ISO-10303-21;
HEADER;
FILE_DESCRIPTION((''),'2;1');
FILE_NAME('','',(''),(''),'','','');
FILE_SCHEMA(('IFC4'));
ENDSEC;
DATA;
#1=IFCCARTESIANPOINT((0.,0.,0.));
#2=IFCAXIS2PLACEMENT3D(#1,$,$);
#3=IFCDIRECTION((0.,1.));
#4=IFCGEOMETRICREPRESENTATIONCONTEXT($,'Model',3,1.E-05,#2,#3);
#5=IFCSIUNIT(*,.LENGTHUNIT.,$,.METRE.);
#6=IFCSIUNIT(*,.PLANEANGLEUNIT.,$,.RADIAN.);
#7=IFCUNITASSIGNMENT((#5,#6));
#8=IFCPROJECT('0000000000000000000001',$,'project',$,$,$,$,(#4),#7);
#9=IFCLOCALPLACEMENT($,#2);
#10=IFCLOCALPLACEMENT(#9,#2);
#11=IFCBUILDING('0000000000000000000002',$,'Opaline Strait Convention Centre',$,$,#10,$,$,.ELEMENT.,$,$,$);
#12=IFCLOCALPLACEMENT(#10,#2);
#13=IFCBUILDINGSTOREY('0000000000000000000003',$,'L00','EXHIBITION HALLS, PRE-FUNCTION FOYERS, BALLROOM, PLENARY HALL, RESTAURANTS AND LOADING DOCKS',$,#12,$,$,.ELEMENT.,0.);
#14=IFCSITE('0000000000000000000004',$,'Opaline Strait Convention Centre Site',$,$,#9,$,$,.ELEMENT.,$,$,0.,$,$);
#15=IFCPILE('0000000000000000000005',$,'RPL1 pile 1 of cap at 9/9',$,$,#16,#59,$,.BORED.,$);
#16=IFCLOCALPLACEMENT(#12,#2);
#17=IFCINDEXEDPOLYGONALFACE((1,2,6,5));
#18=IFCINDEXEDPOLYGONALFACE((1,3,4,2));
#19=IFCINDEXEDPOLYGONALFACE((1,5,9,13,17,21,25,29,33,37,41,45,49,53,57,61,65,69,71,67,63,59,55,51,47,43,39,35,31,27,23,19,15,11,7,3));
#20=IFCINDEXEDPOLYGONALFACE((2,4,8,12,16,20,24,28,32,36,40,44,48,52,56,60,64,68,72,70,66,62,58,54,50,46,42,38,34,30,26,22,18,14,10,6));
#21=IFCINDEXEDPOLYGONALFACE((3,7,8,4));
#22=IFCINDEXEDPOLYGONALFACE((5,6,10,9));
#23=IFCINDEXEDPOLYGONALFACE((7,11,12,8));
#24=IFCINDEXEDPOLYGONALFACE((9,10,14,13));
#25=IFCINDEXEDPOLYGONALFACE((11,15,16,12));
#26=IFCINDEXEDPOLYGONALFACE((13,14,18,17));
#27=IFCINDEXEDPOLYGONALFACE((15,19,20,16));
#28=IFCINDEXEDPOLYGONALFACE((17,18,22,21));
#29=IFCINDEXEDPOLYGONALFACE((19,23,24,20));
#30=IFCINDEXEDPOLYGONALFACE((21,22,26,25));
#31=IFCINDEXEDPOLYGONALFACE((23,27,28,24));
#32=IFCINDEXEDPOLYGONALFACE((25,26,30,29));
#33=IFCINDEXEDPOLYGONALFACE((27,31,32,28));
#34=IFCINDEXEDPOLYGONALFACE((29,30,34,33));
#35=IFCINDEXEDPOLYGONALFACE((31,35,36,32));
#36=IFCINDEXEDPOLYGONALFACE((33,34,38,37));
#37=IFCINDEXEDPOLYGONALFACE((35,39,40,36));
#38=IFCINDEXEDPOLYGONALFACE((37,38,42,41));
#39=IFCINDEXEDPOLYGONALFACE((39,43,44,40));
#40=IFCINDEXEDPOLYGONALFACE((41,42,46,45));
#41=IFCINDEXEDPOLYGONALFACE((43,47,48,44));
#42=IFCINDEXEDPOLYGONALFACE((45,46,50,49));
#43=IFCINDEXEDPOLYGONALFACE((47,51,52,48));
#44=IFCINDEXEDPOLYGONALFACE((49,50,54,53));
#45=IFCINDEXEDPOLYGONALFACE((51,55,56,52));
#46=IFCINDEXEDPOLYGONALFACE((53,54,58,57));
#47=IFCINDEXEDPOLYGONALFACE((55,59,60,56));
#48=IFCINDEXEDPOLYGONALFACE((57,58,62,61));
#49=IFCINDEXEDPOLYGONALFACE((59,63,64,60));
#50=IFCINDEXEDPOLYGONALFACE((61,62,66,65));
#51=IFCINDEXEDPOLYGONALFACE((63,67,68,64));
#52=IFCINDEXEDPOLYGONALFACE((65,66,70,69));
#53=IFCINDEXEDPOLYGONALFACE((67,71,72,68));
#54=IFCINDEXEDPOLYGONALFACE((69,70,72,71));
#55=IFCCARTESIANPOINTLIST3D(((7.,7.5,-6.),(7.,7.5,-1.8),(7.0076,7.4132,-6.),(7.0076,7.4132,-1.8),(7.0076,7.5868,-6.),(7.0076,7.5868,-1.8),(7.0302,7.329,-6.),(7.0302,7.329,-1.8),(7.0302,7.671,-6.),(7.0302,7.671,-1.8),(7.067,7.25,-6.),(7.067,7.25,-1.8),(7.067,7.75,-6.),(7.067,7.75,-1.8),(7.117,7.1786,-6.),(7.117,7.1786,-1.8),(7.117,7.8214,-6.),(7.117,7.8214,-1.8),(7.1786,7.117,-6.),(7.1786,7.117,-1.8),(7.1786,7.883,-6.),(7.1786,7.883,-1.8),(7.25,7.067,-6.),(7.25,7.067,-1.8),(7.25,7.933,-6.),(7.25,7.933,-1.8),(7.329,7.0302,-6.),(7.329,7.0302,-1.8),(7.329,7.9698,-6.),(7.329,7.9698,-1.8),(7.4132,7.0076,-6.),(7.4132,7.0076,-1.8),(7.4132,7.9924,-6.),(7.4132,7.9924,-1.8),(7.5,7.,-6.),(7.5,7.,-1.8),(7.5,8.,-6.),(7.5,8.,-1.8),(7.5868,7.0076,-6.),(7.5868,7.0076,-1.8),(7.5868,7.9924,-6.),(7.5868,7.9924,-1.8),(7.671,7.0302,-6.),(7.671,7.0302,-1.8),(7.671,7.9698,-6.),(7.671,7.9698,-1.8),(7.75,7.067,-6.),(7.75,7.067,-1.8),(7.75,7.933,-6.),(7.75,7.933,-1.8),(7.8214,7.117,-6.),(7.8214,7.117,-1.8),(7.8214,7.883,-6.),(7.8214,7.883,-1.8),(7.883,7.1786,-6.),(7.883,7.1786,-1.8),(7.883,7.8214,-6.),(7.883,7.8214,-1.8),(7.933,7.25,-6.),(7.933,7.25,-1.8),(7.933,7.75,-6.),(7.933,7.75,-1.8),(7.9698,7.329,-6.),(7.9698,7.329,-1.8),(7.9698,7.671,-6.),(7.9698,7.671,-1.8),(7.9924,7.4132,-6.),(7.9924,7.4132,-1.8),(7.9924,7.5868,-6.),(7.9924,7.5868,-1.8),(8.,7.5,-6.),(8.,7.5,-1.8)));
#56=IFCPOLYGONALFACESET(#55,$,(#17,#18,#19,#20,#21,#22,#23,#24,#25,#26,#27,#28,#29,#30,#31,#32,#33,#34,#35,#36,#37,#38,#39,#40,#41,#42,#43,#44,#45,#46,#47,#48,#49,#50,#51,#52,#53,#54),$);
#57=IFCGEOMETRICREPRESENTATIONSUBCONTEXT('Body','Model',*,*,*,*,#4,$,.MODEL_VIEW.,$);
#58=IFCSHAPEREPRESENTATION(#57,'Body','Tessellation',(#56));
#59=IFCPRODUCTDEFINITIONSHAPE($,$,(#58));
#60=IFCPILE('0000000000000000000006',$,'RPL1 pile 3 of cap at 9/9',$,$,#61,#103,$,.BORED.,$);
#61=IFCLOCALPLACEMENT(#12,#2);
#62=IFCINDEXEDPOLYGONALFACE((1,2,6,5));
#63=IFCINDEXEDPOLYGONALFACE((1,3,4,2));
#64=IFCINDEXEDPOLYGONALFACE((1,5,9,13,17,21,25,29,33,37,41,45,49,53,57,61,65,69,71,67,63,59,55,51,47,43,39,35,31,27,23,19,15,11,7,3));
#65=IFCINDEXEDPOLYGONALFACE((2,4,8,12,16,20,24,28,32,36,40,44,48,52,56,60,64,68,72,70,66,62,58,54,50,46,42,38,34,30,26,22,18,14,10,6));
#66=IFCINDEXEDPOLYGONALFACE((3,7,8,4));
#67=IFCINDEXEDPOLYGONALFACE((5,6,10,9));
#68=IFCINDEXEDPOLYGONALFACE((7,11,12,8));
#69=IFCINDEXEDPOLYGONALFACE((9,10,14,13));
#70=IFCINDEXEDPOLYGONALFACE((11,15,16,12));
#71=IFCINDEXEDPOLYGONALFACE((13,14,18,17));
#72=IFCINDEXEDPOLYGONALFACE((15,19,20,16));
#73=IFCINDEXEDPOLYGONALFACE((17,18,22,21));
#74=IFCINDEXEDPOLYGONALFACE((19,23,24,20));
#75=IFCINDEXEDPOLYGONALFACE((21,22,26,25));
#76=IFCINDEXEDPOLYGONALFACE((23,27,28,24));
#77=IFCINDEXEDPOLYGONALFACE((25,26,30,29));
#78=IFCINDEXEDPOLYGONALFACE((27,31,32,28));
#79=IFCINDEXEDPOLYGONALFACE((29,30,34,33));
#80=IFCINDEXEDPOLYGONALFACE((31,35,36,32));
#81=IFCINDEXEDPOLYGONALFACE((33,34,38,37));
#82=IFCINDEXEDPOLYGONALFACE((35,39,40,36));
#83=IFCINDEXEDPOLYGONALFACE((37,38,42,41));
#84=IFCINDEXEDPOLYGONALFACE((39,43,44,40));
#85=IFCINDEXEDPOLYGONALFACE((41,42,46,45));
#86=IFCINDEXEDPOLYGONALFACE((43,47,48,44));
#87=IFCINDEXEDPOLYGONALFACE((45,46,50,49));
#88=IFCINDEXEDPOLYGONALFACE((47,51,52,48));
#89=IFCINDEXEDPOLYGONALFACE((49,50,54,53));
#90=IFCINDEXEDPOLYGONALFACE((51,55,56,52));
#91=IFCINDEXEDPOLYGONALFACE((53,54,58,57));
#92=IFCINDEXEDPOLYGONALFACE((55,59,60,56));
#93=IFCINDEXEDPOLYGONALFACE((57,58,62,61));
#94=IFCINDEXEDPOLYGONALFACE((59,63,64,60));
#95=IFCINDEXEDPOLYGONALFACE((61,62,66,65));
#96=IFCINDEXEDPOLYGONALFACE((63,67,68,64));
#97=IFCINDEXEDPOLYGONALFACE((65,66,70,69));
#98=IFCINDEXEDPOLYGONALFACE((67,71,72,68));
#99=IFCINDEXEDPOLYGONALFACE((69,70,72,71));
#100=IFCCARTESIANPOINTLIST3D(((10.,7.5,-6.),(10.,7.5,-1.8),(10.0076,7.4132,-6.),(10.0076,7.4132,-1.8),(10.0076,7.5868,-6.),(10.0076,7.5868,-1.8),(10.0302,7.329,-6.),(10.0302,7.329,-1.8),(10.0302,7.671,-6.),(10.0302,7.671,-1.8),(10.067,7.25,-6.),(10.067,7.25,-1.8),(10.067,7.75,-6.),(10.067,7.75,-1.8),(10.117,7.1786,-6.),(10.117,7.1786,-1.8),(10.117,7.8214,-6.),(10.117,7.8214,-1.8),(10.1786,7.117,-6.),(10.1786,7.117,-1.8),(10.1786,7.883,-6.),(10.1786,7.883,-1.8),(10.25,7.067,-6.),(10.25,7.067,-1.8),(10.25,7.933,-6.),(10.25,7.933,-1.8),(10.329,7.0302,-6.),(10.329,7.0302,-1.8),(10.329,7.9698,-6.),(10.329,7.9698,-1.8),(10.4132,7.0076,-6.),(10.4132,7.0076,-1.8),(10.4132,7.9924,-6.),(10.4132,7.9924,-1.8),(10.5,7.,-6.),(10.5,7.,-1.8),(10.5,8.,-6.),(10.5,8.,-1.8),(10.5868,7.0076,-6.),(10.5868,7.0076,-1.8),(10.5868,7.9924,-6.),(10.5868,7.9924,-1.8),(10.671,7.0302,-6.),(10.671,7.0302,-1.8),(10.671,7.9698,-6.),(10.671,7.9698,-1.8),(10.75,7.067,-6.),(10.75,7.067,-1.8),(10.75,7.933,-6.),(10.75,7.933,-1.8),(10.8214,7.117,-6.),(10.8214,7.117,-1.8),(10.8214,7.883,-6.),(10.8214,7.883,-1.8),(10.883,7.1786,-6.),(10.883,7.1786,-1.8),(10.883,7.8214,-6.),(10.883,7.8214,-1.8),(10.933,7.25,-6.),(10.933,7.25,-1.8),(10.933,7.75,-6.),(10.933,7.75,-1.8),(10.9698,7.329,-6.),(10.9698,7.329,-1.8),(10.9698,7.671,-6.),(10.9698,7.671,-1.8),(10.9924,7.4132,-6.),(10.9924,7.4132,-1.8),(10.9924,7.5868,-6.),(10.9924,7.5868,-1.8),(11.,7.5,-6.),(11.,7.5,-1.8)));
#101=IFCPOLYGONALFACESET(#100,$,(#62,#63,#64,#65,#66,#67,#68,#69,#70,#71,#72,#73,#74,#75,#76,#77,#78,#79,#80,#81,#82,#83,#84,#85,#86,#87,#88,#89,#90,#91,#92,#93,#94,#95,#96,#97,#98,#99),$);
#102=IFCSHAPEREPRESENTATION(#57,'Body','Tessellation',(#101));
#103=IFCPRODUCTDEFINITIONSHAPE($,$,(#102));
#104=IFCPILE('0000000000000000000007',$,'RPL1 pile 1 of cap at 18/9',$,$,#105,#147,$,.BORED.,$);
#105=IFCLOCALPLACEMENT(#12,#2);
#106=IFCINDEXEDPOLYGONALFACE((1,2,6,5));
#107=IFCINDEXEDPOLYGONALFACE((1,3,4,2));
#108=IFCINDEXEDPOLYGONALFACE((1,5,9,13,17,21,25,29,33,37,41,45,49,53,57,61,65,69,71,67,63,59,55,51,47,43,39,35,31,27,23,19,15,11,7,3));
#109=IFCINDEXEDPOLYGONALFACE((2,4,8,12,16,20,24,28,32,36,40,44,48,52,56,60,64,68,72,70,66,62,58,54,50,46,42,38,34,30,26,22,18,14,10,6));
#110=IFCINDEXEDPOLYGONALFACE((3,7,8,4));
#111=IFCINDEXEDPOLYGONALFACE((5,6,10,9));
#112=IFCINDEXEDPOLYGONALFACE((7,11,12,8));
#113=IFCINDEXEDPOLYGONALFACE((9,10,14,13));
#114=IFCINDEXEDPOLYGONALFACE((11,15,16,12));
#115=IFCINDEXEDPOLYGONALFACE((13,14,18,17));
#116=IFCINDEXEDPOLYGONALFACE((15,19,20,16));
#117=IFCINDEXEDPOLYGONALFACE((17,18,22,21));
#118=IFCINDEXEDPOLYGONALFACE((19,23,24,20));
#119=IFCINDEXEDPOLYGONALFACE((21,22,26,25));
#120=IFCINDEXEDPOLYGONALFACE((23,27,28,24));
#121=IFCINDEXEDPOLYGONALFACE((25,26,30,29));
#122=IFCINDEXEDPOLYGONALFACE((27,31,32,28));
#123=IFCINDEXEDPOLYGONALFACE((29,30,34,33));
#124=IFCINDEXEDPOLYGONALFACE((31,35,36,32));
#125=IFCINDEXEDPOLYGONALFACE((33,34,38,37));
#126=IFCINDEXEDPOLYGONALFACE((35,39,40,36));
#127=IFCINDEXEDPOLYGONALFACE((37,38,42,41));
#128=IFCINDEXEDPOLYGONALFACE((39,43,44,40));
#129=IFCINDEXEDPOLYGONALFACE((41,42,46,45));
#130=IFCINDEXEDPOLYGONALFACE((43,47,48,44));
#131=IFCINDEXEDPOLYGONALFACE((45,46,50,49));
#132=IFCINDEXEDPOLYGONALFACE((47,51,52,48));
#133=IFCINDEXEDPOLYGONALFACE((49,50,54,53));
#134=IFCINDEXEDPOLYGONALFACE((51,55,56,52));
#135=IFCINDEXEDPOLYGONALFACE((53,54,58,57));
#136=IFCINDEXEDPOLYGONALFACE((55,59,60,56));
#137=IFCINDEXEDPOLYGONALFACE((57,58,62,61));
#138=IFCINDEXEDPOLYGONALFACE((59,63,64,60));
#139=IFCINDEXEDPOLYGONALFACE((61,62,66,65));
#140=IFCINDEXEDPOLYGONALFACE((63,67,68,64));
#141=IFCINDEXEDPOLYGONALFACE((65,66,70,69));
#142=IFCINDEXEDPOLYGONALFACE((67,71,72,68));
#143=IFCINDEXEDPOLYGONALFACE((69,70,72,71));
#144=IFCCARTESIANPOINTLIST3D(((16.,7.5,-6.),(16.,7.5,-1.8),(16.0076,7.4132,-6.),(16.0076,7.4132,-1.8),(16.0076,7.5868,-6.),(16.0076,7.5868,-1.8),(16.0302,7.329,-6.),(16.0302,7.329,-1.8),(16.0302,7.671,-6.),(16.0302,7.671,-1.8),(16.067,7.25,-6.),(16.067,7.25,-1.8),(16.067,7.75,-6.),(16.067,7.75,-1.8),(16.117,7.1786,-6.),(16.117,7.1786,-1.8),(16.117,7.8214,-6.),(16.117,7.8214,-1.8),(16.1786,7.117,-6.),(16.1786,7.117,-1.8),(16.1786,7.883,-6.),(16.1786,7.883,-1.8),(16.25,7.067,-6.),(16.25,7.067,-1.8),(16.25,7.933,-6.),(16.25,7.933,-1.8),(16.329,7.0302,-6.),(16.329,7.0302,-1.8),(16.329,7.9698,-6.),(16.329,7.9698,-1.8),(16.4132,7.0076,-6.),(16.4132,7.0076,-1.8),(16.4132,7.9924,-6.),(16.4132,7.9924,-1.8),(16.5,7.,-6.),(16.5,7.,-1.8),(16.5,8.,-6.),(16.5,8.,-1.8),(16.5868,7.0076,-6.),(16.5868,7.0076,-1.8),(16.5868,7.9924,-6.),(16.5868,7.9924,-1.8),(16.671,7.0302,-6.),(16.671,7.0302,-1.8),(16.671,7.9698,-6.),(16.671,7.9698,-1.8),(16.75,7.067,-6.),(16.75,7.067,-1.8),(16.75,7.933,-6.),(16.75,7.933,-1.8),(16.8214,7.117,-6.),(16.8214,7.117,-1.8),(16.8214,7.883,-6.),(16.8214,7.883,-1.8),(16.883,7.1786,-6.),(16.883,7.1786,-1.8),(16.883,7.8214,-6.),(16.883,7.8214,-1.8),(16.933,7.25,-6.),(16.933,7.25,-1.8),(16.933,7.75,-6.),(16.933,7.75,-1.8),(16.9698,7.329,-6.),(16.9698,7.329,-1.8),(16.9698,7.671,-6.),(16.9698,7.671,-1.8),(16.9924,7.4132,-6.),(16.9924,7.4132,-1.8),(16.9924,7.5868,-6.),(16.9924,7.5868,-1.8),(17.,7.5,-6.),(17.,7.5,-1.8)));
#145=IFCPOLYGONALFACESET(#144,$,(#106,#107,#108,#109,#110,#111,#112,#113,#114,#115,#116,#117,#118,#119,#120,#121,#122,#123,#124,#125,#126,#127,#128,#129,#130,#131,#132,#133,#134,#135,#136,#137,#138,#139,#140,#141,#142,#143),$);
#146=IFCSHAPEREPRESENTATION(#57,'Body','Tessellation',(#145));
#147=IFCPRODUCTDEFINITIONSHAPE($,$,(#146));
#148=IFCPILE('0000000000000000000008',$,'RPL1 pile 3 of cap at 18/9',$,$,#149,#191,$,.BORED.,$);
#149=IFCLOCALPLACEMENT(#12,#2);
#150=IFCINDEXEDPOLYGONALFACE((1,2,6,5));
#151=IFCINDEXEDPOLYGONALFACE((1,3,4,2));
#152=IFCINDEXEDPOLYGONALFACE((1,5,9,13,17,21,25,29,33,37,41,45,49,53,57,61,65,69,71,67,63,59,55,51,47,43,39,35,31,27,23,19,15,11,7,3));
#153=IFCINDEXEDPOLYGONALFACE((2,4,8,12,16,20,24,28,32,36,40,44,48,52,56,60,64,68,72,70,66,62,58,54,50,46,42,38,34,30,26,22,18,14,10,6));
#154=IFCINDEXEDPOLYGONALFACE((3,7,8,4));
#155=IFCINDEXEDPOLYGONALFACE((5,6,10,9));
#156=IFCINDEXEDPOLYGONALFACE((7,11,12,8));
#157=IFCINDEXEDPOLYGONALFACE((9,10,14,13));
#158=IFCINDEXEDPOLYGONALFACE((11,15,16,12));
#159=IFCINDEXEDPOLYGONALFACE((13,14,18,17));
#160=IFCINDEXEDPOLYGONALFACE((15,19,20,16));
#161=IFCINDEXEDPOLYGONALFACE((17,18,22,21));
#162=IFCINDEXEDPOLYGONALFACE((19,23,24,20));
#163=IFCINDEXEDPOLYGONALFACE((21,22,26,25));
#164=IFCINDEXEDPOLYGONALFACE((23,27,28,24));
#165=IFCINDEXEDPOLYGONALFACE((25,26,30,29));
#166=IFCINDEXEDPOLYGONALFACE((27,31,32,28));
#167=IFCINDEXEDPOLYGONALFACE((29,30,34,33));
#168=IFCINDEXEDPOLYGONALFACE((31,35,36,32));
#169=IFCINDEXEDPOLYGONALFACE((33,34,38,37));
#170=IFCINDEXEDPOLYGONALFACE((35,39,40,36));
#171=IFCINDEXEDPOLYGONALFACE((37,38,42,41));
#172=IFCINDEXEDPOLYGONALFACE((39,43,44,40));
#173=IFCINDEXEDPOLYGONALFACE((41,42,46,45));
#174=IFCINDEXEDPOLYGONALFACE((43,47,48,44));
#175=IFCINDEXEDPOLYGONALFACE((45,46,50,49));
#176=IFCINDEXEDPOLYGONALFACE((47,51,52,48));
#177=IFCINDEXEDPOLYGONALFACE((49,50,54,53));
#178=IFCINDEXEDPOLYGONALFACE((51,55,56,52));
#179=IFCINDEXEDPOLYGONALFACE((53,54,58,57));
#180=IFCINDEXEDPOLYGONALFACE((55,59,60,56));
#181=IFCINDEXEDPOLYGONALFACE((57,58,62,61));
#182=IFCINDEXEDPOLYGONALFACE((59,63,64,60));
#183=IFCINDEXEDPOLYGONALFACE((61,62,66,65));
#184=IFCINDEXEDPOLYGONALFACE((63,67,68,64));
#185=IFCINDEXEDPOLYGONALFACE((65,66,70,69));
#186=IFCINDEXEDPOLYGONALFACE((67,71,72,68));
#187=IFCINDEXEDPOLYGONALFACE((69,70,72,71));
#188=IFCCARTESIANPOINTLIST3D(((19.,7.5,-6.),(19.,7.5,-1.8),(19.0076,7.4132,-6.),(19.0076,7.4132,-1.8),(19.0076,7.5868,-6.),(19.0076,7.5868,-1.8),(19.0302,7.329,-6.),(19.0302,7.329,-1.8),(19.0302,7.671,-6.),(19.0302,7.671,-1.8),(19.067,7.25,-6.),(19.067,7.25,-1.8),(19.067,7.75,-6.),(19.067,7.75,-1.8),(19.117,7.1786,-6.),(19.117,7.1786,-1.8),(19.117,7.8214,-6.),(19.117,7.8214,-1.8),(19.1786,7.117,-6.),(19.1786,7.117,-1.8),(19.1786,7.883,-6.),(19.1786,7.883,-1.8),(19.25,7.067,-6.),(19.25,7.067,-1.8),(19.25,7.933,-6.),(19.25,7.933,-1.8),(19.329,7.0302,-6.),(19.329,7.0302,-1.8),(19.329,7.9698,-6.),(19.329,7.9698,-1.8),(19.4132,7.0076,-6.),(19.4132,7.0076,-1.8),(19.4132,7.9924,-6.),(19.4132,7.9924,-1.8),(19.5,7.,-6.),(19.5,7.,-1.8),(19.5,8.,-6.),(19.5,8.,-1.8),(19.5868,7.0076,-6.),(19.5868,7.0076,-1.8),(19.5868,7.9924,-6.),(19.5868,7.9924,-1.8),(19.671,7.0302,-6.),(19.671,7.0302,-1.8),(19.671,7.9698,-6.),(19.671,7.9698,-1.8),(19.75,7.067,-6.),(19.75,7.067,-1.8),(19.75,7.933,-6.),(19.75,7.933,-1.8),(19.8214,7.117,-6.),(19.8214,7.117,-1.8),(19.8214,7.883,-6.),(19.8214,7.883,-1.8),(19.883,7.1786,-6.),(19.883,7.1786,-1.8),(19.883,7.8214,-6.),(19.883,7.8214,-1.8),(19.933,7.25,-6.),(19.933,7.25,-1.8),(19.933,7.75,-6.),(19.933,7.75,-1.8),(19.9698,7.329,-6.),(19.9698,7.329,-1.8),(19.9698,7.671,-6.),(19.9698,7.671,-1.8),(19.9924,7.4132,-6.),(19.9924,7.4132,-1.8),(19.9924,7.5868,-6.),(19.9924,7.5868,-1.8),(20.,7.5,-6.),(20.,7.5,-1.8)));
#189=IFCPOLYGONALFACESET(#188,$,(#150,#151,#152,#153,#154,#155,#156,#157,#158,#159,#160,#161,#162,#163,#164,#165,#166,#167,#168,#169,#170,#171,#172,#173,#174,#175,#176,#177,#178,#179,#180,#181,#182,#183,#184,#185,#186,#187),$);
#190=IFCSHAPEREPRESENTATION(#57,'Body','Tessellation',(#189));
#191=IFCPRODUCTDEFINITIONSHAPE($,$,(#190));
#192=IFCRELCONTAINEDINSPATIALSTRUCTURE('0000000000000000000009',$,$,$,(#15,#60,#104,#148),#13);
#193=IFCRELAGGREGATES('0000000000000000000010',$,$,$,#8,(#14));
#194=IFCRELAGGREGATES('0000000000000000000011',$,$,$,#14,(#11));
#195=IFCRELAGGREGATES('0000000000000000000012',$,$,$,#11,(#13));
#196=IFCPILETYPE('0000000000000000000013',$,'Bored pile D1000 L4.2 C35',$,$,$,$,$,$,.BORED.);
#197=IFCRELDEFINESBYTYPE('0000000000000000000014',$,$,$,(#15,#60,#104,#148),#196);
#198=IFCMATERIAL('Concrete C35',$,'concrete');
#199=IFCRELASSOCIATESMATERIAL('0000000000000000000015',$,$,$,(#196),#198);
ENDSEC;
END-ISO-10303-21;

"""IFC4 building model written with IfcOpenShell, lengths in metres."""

from ifc_helpers import new_model, si_unit, direction, frame, origin, origin_2d, place, context, subcontext, project, spatial, circle, extrude, material, material_profile, profile_set, type_object, element, save


model = new_model("IFC4")

# Units and contexts
model_context = context("Model", 3, precision=1e-05, world=origin(), true_north=direction((0.0, 1.0)))
body_context = subcontext(model_context, "Body", "Model", "MODEL_VIEW")
ifc_project = project(units=[si_unit("LENGTHUNIT", "METRE"), si_unit("PLANEANGLEUNIT", "RADIAN")], contexts=[model_context])

# Site, building, storey
site_placement = place(None, origin())
site = spatial("IfcSite", under=ifc_project, at=site_placement, Name="Opaline Strait Convention Centre Site", CompositionType="ELEMENT", RefElevation=0.0)
building_placement = place(site_placement, origin())
building = spatial("IfcBuilding", under=site, at=building_placement, Name="Opaline Strait Convention Centre", CompositionType="ELEMENT")
storey_placement = place(building_placement, origin())
storey = spatial("IfcBuildingStorey", under=building, at=storey_placement, Name="L00", Description="EXHIBITION HALLS, PRE-FUNCTION FOYERS, BALLROOM, PLENARY HALL, RESTAURANTS AND LOADING DOCKS", CompositionType="ELEMENT", Elevation=0.0)

# Piles
ifc_material_1 = material(Name="Concrete C35", Category="concrete")
ifc_material_profile = material_profile(ifc_material_1, circle(Radius=0.5, at=origin_2d()), Name="D1000")
ifc_profile_set = profile_set([ifc_material_profile], Name="Concrete C35")
pile_type = type_object("IfcPileType", Name="Bored pile D1000 L4.2 C35", PredefinedType="BORED", material=ifc_profile_set)
for number, where, z_axis, x_axis, name in (
    (1, (7.5, 7.5, -1.8), (0.0, 0.0, -1.0), (1.0, 0.0, 0.0), "RPL1 pile 1 of cap at 9/9"),
    (2, (10.5, 7.5, -1.8), (0.0, 0.0, -1.0), (1.0, 0.0, 0.0), "RPL1 pile 3 of cap at 9/9"),
    (3, (16.5, 7.5, -1.8), (0.0, 0.0, -1.0), (1.0, 0.0, 0.0), "RPL1 pile 1 of cap at 18/9"),
    (4, (19.5, 7.5, -1.8), (0.0, 0.0, -1.0), (1.0, 0.0, 0.0), "RPL1 pile 3 of cap at 18/9"),
):
    element("IfcPile", number, at=place(storey_placement, frame(where, z_axis=z_axis, x_axis=x_axis)), inside=storey, type_object=pile_type, Name=name, PredefinedType="BORED", context=body_context, shape_type="SweptSolid", body=[
        extrude(circle(Radius=0.5, at=origin_2d()), origin(), (0.0, 0.0, 1.0), 4.2),
    ])

save(model, "model.ifc")
